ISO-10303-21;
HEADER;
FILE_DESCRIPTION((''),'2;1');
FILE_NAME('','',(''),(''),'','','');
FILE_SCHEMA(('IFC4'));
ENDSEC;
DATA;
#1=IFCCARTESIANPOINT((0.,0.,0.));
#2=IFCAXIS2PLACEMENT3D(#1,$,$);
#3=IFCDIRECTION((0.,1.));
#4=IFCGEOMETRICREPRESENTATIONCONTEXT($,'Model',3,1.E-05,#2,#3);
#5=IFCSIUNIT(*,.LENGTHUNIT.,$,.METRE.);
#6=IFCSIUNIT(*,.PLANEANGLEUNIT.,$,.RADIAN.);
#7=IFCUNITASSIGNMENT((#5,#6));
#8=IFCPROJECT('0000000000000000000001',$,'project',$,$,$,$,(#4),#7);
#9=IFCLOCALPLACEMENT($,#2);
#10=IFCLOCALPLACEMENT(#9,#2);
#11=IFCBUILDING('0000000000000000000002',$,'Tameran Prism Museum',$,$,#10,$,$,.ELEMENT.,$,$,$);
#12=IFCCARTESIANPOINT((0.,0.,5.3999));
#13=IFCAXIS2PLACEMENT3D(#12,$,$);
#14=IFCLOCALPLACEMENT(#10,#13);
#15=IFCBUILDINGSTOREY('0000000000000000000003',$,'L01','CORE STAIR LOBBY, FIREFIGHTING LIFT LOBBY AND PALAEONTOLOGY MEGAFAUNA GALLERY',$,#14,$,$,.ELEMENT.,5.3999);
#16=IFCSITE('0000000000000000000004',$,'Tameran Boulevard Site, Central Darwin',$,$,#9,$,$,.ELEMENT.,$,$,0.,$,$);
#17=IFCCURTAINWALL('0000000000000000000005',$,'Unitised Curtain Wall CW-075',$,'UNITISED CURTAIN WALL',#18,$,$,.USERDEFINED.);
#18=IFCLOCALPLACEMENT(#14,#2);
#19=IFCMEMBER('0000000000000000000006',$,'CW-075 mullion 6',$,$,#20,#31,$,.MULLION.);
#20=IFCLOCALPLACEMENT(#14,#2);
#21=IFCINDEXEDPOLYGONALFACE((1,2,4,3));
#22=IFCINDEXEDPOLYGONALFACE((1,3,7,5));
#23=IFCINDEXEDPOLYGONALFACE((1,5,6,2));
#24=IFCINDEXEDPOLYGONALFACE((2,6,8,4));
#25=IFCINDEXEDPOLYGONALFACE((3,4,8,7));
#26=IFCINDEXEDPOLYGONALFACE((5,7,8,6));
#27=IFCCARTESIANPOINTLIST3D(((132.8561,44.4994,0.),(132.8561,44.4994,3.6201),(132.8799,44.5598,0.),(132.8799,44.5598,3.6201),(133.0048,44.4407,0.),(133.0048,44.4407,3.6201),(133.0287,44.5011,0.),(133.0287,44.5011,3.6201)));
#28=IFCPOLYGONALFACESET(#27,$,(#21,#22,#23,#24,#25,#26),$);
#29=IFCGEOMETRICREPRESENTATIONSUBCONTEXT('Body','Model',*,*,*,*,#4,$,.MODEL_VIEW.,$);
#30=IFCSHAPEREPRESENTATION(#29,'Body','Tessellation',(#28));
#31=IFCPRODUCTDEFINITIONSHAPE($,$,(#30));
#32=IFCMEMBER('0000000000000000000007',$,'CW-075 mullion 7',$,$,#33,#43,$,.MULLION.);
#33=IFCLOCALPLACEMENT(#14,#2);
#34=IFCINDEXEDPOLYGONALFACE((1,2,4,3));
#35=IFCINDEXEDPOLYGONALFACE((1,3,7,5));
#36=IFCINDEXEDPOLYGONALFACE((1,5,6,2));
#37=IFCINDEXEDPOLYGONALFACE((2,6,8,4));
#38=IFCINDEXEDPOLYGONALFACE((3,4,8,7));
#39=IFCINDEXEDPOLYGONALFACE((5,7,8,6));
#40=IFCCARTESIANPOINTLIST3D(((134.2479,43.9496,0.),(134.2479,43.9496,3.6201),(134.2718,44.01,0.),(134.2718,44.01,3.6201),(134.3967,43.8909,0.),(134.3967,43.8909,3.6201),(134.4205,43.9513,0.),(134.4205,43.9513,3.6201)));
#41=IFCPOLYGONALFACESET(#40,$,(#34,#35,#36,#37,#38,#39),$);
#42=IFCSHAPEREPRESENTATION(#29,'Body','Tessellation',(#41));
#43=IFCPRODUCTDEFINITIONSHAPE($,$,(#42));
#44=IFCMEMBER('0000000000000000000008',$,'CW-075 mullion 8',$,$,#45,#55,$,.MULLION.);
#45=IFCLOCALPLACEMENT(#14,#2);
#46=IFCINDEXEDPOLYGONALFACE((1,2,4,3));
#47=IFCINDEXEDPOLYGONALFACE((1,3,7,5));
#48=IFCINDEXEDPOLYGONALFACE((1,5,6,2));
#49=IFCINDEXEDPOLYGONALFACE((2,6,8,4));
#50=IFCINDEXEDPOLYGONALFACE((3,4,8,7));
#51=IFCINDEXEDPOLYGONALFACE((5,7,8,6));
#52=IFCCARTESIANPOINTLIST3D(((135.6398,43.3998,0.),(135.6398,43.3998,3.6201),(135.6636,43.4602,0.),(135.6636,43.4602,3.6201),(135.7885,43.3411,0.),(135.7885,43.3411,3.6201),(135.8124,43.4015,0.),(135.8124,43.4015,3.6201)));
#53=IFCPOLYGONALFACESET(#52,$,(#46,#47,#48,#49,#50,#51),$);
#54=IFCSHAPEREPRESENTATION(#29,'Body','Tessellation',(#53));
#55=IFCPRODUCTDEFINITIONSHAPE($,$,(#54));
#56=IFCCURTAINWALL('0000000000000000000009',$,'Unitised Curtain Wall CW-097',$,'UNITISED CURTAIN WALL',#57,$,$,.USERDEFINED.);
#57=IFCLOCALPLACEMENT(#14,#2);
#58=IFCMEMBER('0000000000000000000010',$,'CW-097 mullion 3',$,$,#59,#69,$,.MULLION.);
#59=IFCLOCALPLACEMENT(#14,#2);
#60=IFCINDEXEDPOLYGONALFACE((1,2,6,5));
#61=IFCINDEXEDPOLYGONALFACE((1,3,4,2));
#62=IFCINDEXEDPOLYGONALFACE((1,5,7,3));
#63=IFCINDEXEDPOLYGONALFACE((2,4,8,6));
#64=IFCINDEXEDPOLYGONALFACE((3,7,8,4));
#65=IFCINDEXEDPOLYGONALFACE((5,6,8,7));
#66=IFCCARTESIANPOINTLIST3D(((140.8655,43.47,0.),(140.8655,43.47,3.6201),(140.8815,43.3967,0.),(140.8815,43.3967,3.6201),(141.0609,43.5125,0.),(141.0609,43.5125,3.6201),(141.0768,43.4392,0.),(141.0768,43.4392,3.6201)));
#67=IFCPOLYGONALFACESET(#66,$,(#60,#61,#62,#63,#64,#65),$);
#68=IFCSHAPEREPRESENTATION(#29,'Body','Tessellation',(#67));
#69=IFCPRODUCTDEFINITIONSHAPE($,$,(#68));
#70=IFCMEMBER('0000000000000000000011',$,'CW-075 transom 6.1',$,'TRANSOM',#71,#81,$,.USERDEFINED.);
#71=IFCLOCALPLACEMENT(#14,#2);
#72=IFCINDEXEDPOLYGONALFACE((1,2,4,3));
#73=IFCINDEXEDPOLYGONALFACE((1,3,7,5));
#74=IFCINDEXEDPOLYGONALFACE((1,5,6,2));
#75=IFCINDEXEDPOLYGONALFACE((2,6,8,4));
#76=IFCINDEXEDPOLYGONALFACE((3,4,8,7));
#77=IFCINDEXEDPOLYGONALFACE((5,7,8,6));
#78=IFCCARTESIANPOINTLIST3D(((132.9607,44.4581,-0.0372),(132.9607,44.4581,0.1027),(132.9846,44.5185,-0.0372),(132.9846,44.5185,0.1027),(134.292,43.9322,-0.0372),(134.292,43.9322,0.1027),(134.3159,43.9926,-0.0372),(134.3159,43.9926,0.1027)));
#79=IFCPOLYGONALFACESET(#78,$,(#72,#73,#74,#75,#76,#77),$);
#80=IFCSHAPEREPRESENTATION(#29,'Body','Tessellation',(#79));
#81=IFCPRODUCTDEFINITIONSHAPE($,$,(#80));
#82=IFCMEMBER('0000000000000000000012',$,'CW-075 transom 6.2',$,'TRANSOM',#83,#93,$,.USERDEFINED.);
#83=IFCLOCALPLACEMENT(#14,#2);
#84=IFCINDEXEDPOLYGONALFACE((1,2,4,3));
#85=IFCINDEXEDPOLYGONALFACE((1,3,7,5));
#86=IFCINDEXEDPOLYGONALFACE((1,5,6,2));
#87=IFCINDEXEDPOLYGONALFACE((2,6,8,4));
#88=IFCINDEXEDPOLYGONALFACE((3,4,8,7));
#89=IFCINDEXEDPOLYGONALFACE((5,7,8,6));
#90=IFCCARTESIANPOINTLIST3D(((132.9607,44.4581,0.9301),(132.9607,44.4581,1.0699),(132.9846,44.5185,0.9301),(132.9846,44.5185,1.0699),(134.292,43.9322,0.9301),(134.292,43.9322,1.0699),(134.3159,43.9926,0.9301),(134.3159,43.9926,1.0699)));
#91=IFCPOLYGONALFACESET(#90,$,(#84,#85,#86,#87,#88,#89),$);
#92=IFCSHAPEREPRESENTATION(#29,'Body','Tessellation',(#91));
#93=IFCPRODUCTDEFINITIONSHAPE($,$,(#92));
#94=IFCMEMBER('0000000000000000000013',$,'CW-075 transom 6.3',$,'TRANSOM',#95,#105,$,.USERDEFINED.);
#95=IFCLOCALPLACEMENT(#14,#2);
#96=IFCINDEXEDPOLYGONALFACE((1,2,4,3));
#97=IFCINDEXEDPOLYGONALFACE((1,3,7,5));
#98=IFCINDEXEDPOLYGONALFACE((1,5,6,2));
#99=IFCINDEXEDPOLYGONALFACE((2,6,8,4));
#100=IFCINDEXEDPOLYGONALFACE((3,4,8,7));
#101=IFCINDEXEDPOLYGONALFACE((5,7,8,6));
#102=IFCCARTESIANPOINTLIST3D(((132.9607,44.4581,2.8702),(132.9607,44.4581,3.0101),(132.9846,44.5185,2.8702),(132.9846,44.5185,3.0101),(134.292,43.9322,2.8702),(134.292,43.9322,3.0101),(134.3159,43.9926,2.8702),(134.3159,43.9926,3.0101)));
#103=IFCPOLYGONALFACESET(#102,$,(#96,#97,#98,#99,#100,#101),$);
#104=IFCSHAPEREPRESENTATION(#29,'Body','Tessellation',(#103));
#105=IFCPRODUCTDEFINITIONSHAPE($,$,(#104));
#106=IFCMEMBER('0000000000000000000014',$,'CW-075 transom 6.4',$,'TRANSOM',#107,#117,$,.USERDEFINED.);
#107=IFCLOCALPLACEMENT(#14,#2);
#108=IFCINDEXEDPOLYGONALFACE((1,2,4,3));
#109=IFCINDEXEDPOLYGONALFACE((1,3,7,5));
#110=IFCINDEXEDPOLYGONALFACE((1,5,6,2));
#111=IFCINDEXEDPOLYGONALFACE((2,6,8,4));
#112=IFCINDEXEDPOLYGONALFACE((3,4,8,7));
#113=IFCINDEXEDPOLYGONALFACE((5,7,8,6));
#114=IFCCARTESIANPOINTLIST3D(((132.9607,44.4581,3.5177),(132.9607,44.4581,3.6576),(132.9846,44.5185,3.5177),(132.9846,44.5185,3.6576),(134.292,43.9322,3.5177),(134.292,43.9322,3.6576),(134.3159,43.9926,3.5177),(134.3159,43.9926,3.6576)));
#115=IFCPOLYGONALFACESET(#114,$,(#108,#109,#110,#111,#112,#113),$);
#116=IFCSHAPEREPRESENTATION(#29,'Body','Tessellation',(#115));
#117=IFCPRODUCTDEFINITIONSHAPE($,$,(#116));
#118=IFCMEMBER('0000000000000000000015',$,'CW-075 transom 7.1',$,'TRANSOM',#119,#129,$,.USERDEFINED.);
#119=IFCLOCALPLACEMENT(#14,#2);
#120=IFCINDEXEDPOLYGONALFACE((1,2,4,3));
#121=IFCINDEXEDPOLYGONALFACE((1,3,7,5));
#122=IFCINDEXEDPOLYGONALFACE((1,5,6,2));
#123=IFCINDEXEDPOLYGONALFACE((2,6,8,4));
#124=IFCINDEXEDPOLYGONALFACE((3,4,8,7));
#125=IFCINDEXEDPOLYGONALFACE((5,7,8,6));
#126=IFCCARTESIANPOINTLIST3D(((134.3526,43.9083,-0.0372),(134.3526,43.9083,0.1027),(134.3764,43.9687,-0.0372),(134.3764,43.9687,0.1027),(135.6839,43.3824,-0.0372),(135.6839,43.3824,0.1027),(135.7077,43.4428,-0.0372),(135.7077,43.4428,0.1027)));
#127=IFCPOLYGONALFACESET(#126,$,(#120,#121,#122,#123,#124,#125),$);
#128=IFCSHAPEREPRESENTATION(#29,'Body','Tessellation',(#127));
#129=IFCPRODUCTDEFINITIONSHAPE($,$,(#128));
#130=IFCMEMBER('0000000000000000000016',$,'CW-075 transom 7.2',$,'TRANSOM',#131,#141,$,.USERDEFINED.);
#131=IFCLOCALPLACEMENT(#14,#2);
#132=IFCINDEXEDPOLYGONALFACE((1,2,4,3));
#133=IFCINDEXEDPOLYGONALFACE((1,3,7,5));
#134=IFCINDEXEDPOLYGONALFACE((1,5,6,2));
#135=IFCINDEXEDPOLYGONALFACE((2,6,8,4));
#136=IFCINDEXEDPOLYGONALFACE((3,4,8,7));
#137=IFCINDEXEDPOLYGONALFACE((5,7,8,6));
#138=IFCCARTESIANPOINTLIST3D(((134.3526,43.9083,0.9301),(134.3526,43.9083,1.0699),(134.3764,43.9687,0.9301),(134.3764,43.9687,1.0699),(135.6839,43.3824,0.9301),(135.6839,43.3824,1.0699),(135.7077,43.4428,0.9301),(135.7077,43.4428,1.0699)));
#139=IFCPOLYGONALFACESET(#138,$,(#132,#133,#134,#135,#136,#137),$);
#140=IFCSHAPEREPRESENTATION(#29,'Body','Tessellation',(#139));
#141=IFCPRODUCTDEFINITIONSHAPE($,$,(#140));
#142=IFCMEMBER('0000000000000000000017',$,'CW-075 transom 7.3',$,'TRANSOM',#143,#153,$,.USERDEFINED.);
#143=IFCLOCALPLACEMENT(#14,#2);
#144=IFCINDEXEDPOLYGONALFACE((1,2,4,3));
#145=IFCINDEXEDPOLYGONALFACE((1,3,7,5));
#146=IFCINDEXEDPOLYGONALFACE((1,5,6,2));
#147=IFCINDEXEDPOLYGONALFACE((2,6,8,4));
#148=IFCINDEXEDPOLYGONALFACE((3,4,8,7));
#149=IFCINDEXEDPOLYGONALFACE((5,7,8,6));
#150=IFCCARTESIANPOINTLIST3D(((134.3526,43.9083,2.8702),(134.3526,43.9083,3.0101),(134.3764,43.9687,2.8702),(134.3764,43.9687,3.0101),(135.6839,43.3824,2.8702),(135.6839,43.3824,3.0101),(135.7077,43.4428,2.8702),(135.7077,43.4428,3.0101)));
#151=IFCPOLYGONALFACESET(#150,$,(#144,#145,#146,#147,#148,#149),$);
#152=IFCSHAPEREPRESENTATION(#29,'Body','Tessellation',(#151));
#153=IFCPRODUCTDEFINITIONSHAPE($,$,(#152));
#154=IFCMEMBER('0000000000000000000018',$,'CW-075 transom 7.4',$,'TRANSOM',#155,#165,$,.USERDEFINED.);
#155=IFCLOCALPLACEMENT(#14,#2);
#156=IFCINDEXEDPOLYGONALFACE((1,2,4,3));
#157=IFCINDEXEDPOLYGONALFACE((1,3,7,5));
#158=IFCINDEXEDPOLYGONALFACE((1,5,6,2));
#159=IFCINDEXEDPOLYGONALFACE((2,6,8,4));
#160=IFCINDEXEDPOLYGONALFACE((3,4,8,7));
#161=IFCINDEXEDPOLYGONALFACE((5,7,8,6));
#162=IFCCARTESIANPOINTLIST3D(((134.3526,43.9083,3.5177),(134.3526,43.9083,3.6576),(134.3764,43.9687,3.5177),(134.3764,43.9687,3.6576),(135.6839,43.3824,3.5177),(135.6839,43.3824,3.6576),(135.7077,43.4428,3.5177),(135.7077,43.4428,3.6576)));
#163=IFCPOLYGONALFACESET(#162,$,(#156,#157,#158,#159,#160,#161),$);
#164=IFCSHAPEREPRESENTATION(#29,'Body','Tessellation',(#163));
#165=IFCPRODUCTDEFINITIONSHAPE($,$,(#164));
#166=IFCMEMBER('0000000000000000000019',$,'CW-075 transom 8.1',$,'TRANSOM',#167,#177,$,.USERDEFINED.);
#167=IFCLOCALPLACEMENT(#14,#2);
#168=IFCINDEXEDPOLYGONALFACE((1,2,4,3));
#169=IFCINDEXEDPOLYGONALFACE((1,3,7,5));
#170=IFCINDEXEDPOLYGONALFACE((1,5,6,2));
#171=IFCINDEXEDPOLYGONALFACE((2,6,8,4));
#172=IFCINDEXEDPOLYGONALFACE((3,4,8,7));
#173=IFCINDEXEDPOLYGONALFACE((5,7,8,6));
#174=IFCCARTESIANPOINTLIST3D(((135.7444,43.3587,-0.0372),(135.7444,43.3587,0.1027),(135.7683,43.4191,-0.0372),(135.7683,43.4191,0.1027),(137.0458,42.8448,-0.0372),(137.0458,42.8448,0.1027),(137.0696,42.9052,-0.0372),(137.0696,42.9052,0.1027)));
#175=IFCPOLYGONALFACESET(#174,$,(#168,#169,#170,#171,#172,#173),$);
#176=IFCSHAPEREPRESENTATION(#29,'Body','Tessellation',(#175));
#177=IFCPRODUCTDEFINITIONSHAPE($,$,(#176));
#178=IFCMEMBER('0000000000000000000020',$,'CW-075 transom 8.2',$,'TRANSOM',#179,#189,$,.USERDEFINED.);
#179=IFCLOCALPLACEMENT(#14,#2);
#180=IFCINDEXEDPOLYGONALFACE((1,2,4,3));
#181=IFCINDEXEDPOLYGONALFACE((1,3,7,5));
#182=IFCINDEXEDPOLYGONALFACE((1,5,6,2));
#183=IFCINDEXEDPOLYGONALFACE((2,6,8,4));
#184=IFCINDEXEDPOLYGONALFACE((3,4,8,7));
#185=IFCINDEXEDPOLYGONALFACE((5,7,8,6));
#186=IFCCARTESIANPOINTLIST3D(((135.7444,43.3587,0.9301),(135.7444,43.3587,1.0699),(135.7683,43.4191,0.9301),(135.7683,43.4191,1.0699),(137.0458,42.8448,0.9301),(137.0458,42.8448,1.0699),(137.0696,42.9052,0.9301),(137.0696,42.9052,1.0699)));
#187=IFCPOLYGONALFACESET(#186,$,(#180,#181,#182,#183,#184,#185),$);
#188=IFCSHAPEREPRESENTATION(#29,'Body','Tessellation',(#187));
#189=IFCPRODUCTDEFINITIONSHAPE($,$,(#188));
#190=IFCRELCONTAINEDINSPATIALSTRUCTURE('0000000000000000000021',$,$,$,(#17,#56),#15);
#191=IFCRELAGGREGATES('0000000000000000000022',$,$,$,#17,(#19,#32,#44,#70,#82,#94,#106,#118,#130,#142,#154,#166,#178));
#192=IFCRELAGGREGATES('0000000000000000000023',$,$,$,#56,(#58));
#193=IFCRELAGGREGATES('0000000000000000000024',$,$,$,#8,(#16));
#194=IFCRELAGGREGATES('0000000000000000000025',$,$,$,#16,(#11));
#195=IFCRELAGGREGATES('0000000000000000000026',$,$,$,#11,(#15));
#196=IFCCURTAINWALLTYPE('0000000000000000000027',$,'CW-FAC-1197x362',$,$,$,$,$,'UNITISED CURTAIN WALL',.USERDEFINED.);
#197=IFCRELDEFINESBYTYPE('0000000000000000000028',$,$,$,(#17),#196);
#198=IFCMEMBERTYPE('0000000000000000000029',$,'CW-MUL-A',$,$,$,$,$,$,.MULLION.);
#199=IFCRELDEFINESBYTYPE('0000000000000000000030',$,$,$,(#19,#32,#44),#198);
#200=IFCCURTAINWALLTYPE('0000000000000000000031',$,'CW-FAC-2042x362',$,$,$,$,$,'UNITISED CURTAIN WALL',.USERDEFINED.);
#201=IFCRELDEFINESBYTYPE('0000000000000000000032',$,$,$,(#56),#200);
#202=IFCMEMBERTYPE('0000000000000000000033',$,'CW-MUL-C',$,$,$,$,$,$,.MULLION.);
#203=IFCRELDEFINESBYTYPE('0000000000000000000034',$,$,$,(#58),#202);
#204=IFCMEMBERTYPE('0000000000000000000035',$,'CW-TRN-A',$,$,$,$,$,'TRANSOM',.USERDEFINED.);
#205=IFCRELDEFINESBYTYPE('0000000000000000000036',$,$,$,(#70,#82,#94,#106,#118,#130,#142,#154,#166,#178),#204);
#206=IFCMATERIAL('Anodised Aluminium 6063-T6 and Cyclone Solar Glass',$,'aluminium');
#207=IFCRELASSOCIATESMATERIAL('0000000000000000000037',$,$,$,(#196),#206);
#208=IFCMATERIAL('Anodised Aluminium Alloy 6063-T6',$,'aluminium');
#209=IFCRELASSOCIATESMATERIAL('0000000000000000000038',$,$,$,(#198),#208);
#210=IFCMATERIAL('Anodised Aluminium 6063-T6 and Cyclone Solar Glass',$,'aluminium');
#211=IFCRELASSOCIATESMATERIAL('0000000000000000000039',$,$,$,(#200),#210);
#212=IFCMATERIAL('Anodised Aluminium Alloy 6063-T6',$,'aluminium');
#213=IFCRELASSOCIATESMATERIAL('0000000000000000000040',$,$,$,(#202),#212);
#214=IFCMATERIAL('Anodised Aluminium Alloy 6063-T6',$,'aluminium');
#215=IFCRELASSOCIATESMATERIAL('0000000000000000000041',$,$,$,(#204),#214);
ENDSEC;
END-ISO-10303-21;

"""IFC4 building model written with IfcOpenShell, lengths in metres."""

from ifc_helpers import new_model, si_unit, direction, frame, origin, origin_2d, place, context, subcontext, project, spatial, rectangle, extrude, material, material_profile, profile_set, type_object, element, aggregate, save


model = new_model("IFC4")

# Units and contexts
model_context = context("Model", 3, precision=1e-05, world=origin(), true_north=direction((0.0, 1.0)))
body_context = subcontext(model_context, "Body", "Model", "MODEL_VIEW")
ifc_project = project(units=[si_unit("LENGTHUNIT", "METRE"), si_unit("PLANEANGLEUNIT", "RADIAN")], contexts=[model_context])

# Site, building, storey
site_placement = place(None, origin())
site = spatial("IfcSite", under=ifc_project, at=site_placement, Name="Tameran Boulevard Site, Central Darwin", CompositionType="ELEMENT", RefElevation=0.0)
building_placement = place(site_placement, origin())
building = spatial("IfcBuilding", under=site, at=building_placement, Name="Tameran Prism Museum", CompositionType="ELEMENT")
storey_placement = place(building_placement, frame((0.0, 0.0, 5.3999)))
storey = spatial("IfcBuildingStorey", under=building, at=storey_placement, Name="L01", Description="CORE STAIR LOBBY, FIREFIGHTING LIFT LOBBY AND PALAEONTOLOGY MEGAFAUNA GALLERY", CompositionType="ELEMENT", Elevation=5.3999)

# Curtain wall, members
ifc_material_1 = material(Name="Anodised Aluminium 6063-T6 and Cyclone Solar Glass", Category="aluminium")
curtain_wall_type_1 = type_object("IfcCurtainWallType", Name="CW-FAC-1197x362", ElementType="UNITISED CURTAIN WALL", PredefinedType="USERDEFINED", material=ifc_material_1)
curtain_wall_1_placement = place(storey_placement, origin())
curtain_wall_1 = element("IfcCurtainWall", 1, at=curtain_wall_1_placement, inside=storey, type_object=curtain_wall_type_1, Name="Unitised Curtain Wall CW-075", ObjectType="UNITISED CURTAIN WALL", PredefinedType="USERDEFINED")
ifc_material_2 = material(Name="Anodised Aluminium Alloy 6063-T6", Category="aluminium")
ifc_material_profile_1 = material_profile(ifc_material_2, rectangle(XDim=0.0649, YDim=0.1599, at=origin_2d()))
ifc_profile_set_1 = profile_set([ifc_material_profile_1])
member_type_1 = type_object("IfcMemberType", Name="CW-MUL-A", PredefinedType="MULLION", material=ifc_profile_set_1)
member_1_placement = place(storey_placement, frame((132.9424, 44.5002, 0.0), z_axis=(0.0, 0.0, 1.0), x_axis=(0.367355, 0.930081, 0.0)))
member_1 = element("IfcMember", 2, at=member_1_placement, type_object=member_type_1, Name="CW-075 mullion 6", PredefinedType="MULLION", context=body_context, shape_type="SweptSolid", body=[
    extrude(rectangle(XDim=0.0649, YDim=0.1599, at=origin_2d()), origin(), (0.0, 0.0, 1.0), 3.6201),
])
member_2_placement = place(storey_placement, frame((134.3342, 43.9504, 0.0), z_axis=(0.0, 0.0, 1.0), x_axis=(0.367355, 0.930081, 0.0)))
member_2 = element("IfcMember", 3, at=member_2_placement, type_object=member_type_1, Name="CW-075 mullion 7", PredefinedType="MULLION", context=body_context, shape_type="SweptSolid", body=[
    extrude(rectangle(XDim=0.0649, YDim=0.1599, at=origin_2d()), origin(), (0.0, 0.0, 1.0), 3.6201),
])
member_3_placement = place(storey_placement, frame((135.7261, 43.4006, 0.0), z_axis=(0.0, 0.0, 1.0), x_axis=(0.367355, 0.930081, 0.0)))
member_3 = element("IfcMember", 4, at=member_3_placement, type_object=member_type_1, Name="CW-075 mullion 8", PredefinedType="MULLION", context=body_context, shape_type="SweptSolid", body=[
    extrude(rectangle(XDim=0.0649, YDim=0.1599, at=origin_2d()), origin(), (0.0, 0.0, 1.0), 3.6201),
])

# Curtain wall, member
ifc_material_3 = material(Name="Anodised Aluminium 6063-T6 and Cyclone Solar Glass", Category="aluminium")
curtain_wall_type_2 = type_object("IfcCurtainWallType", Name="CW-FAC-2042x362", ElementType="UNITISED CURTAIN WALL", PredefinedType="USERDEFINED", material=ifc_material_3)
curtain_wall_2_placement = place(storey_placement, origin())
curtain_wall_2 = element("IfcCurtainWall", 5, at=curtain_wall_2_placement, inside=storey, type_object=curtain_wall_type_2, Name="Unitised Curtain Wall CW-097", ObjectType="UNITISED CURTAIN WALL", PredefinedType="USERDEFINED")
ifc_material_4 = material(Name="Anodised Aluminium Alloy 6063-T6", Category="aluminium")
ifc_material_profile_2 = material_profile(ifc_material_4, rectangle(XDim=0.075, YDim=0.2, at=origin_2d()))
ifc_profile_set_2 = profile_set([ifc_material_profile_2])
member_type_2 = type_object("IfcMemberType", Name="CW-MUL-C", PredefinedType="MULLION", material=ifc_profile_set_2)
member_4_placement = place(storey_placement, frame((140.9712, 43.4546, 0.0), z_axis=(0.0, 0.0, 1.0), x_axis=(-0.212454, 0.977171, 0.0)))
member_4 = element("IfcMember", 6, at=member_4_placement, type_object=member_type_2, Name="CW-097 mullion 3", PredefinedType="MULLION", context=body_context, shape_type="SweptSolid", body=[
    extrude(rectangle(XDim=0.075, YDim=0.2, at=origin_2d()), origin(), (0.0, 0.0, 1.0), 3.6201),
])

# Members
ifc_material_5 = material(Name="Anodised Aluminium Alloy 6063-T6", Category="aluminium")
ifc_material_profile_3 = material_profile(ifc_material_5, rectangle(XDim=0.0649, YDim=0.1399, at=origin_2d()))
ifc_profile_set_3 = profile_set([ifc_material_profile_3])
member_type_3 = type_object("IfcMemberType", Name="CW-TRN-A", ElementType="TRANSOM", PredefinedType="USERDEFINED", material=ifc_profile_set_3)
member_5_placement = place(storey_placement, frame((132.9727, 44.4883, 0.0327), z_axis=(0.930068, -0.367388, 0.0), x_axis=(0.367388, 0.930068, 0.0)))
member_5 = element("IfcMember", 7, at=member_5_placement, type_object=member_type_3, Name="CW-075 transom 6.1", ObjectType="TRANSOM", PredefinedType="USERDEFINED", context=body_context, shape_type="SweptSolid", body=[
    extrude(rectangle(XDim=0.0649, YDim=0.1399, at=origin_2d()), origin(), (0.0, 0.0, 1.0), 1.4314),
])
member_6_placement = place(storey_placement, frame((132.9727, 44.4883, 1.0), z_axis=(0.930068, -0.367388, 0.0), x_axis=(0.367388, 0.930068, 0.0)))
member_6 = element("IfcMember", 8, at=member_6_placement, type_object=member_type_3, Name="CW-075 transom 6.2", ObjectType="TRANSOM", PredefinedType="USERDEFINED", context=body_context, shape_type="SweptSolid", body=[
    extrude(rectangle(XDim=0.0649, YDim=0.1399, at=origin_2d()), origin(), (0.0, 0.0, 1.0), 1.4314),
])
member_7_placement = place(storey_placement, frame((132.9727, 44.4883, 2.9402), z_axis=(0.930068, -0.367388, 0.0), x_axis=(0.367388, 0.930068, 0.0)))
member_7 = element("IfcMember", 9, at=member_7_placement, type_object=member_type_3, Name="CW-075 transom 6.3", ObjectType="TRANSOM", PredefinedType="USERDEFINED", context=body_context, shape_type="SweptSolid", body=[
    extrude(rectangle(XDim=0.0649, YDim=0.1399, at=origin_2d()), origin(), (0.0, 0.0, 1.0), 1.4314),
])
member_8_placement = place(storey_placement, frame((132.9727, 44.4883, 3.5876), z_axis=(0.930068, -0.367388, 0.0), x_axis=(0.367388, 0.930068, 0.0)))
member_8 = element("IfcMember", 10, at=member_8_placement, type_object=member_type_3, Name="CW-075 transom 6.4", ObjectType="TRANSOM", PredefinedType="USERDEFINED", context=body_context, shape_type="SweptSolid", body=[
    extrude(rectangle(XDim=0.0649, YDim=0.1399, at=origin_2d()), origin(), (0.0, 0.0, 1.0), 1.4314),
])
member_9_placement = place(storey_placement, frame((134.3645, 43.9385, 0.0327), z_axis=(0.930068, -0.367388, 0.0), x_axis=(0.367388, 0.930068, 0.0)))
member_9 = element("IfcMember", 11, at=member_9_placement, type_object=member_type_3, Name="CW-075 transom 7.1", ObjectType="TRANSOM", PredefinedType="USERDEFINED", context=body_context, shape_type="SweptSolid", body=[
    extrude(rectangle(XDim=0.0649, YDim=0.1399, at=origin_2d()), origin(), (0.0, 0.0, 1.0), 1.4314),
])
member_10_placement = place(storey_placement, frame((134.3645, 43.9385, 1.0), z_axis=(0.930068, -0.367388, 0.0), x_axis=(0.367388, 0.930068, 0.0)))
member_10 = element("IfcMember", 12, at=member_10_placement, type_object=member_type_3, Name="CW-075 transom 7.2", ObjectType="TRANSOM", PredefinedType="USERDEFINED", context=body_context, shape_type="SweptSolid", body=[
    extrude(rectangle(XDim=0.0649, YDim=0.1399, at=origin_2d()), origin(), (0.0, 0.0, 1.0), 1.4314),
])
member_11_placement = place(storey_placement, frame((134.3645, 43.9385, 2.9402), z_axis=(0.930068, -0.367388, 0.0), x_axis=(0.367388, 0.930068, 0.0)))
member_11 = element("IfcMember", 13, at=member_11_placement, type_object=member_type_3, Name="CW-075 transom 7.3", ObjectType="TRANSOM", PredefinedType="USERDEFINED", context=body_context, shape_type="SweptSolid", body=[
    extrude(rectangle(XDim=0.0649, YDim=0.1399, at=origin_2d()), origin(), (0.0, 0.0, 1.0), 1.4314),
])
member_12_placement = place(storey_placement, frame((134.3645, 43.9385, 3.5876), z_axis=(0.930068, -0.367388, 0.0), x_axis=(0.367388, 0.930068, 0.0)))
member_12 = element("IfcMember", 14, at=member_12_placement, type_object=member_type_3, Name="CW-075 transom 7.4", ObjectType="TRANSOM", PredefinedType="USERDEFINED", context=body_context, shape_type="SweptSolid", body=[
    extrude(rectangle(XDim=0.0649, YDim=0.1399, at=origin_2d()), origin(), (0.0, 0.0, 1.0), 1.4314),
])
member_13_placement = place(storey_placement, frame((135.7563, 43.3889, 0.0327), z_axis=(0.930092, -0.367325, 0.0), x_axis=(0.367325, 0.930092, 0.0)))
member_13 = element("IfcMember", 15, at=member_13_placement, type_object=member_type_3, Name="CW-075 transom 8.1", ObjectType="TRANSOM", PredefinedType="USERDEFINED", context=body_context, shape_type="SweptSolid", body=[
    extrude(rectangle(XDim=0.0649, YDim=0.1399, at=origin_2d()), origin(), (0.0, 0.0, 1.0), 1.3992),
])
member_14_placement = place(storey_placement, frame((135.7563, 43.3889, 1.0), z_axis=(0.930092, -0.367325, 0.0), x_axis=(0.367325, 0.930092, 0.0)))
member_14 = element("IfcMember", 16, at=member_14_placement, type_object=member_type_3, Name="CW-075 transom 8.2", ObjectType="TRANSOM", PredefinedType="USERDEFINED", context=body_context, shape_type="SweptSolid", body=[
    extrude(rectangle(XDim=0.0649, YDim=0.1399, at=origin_2d()), origin(), (0.0, 0.0, 1.0), 1.3992),
])

aggregate(curtain_wall_1, [member_1, member_2, member_3, member_5, member_6, member_7, member_8, member_9, member_10, member_11, member_12, member_13, member_14])
aggregate(curtain_wall_2, [member_4])

save(model, "model.ifc")
